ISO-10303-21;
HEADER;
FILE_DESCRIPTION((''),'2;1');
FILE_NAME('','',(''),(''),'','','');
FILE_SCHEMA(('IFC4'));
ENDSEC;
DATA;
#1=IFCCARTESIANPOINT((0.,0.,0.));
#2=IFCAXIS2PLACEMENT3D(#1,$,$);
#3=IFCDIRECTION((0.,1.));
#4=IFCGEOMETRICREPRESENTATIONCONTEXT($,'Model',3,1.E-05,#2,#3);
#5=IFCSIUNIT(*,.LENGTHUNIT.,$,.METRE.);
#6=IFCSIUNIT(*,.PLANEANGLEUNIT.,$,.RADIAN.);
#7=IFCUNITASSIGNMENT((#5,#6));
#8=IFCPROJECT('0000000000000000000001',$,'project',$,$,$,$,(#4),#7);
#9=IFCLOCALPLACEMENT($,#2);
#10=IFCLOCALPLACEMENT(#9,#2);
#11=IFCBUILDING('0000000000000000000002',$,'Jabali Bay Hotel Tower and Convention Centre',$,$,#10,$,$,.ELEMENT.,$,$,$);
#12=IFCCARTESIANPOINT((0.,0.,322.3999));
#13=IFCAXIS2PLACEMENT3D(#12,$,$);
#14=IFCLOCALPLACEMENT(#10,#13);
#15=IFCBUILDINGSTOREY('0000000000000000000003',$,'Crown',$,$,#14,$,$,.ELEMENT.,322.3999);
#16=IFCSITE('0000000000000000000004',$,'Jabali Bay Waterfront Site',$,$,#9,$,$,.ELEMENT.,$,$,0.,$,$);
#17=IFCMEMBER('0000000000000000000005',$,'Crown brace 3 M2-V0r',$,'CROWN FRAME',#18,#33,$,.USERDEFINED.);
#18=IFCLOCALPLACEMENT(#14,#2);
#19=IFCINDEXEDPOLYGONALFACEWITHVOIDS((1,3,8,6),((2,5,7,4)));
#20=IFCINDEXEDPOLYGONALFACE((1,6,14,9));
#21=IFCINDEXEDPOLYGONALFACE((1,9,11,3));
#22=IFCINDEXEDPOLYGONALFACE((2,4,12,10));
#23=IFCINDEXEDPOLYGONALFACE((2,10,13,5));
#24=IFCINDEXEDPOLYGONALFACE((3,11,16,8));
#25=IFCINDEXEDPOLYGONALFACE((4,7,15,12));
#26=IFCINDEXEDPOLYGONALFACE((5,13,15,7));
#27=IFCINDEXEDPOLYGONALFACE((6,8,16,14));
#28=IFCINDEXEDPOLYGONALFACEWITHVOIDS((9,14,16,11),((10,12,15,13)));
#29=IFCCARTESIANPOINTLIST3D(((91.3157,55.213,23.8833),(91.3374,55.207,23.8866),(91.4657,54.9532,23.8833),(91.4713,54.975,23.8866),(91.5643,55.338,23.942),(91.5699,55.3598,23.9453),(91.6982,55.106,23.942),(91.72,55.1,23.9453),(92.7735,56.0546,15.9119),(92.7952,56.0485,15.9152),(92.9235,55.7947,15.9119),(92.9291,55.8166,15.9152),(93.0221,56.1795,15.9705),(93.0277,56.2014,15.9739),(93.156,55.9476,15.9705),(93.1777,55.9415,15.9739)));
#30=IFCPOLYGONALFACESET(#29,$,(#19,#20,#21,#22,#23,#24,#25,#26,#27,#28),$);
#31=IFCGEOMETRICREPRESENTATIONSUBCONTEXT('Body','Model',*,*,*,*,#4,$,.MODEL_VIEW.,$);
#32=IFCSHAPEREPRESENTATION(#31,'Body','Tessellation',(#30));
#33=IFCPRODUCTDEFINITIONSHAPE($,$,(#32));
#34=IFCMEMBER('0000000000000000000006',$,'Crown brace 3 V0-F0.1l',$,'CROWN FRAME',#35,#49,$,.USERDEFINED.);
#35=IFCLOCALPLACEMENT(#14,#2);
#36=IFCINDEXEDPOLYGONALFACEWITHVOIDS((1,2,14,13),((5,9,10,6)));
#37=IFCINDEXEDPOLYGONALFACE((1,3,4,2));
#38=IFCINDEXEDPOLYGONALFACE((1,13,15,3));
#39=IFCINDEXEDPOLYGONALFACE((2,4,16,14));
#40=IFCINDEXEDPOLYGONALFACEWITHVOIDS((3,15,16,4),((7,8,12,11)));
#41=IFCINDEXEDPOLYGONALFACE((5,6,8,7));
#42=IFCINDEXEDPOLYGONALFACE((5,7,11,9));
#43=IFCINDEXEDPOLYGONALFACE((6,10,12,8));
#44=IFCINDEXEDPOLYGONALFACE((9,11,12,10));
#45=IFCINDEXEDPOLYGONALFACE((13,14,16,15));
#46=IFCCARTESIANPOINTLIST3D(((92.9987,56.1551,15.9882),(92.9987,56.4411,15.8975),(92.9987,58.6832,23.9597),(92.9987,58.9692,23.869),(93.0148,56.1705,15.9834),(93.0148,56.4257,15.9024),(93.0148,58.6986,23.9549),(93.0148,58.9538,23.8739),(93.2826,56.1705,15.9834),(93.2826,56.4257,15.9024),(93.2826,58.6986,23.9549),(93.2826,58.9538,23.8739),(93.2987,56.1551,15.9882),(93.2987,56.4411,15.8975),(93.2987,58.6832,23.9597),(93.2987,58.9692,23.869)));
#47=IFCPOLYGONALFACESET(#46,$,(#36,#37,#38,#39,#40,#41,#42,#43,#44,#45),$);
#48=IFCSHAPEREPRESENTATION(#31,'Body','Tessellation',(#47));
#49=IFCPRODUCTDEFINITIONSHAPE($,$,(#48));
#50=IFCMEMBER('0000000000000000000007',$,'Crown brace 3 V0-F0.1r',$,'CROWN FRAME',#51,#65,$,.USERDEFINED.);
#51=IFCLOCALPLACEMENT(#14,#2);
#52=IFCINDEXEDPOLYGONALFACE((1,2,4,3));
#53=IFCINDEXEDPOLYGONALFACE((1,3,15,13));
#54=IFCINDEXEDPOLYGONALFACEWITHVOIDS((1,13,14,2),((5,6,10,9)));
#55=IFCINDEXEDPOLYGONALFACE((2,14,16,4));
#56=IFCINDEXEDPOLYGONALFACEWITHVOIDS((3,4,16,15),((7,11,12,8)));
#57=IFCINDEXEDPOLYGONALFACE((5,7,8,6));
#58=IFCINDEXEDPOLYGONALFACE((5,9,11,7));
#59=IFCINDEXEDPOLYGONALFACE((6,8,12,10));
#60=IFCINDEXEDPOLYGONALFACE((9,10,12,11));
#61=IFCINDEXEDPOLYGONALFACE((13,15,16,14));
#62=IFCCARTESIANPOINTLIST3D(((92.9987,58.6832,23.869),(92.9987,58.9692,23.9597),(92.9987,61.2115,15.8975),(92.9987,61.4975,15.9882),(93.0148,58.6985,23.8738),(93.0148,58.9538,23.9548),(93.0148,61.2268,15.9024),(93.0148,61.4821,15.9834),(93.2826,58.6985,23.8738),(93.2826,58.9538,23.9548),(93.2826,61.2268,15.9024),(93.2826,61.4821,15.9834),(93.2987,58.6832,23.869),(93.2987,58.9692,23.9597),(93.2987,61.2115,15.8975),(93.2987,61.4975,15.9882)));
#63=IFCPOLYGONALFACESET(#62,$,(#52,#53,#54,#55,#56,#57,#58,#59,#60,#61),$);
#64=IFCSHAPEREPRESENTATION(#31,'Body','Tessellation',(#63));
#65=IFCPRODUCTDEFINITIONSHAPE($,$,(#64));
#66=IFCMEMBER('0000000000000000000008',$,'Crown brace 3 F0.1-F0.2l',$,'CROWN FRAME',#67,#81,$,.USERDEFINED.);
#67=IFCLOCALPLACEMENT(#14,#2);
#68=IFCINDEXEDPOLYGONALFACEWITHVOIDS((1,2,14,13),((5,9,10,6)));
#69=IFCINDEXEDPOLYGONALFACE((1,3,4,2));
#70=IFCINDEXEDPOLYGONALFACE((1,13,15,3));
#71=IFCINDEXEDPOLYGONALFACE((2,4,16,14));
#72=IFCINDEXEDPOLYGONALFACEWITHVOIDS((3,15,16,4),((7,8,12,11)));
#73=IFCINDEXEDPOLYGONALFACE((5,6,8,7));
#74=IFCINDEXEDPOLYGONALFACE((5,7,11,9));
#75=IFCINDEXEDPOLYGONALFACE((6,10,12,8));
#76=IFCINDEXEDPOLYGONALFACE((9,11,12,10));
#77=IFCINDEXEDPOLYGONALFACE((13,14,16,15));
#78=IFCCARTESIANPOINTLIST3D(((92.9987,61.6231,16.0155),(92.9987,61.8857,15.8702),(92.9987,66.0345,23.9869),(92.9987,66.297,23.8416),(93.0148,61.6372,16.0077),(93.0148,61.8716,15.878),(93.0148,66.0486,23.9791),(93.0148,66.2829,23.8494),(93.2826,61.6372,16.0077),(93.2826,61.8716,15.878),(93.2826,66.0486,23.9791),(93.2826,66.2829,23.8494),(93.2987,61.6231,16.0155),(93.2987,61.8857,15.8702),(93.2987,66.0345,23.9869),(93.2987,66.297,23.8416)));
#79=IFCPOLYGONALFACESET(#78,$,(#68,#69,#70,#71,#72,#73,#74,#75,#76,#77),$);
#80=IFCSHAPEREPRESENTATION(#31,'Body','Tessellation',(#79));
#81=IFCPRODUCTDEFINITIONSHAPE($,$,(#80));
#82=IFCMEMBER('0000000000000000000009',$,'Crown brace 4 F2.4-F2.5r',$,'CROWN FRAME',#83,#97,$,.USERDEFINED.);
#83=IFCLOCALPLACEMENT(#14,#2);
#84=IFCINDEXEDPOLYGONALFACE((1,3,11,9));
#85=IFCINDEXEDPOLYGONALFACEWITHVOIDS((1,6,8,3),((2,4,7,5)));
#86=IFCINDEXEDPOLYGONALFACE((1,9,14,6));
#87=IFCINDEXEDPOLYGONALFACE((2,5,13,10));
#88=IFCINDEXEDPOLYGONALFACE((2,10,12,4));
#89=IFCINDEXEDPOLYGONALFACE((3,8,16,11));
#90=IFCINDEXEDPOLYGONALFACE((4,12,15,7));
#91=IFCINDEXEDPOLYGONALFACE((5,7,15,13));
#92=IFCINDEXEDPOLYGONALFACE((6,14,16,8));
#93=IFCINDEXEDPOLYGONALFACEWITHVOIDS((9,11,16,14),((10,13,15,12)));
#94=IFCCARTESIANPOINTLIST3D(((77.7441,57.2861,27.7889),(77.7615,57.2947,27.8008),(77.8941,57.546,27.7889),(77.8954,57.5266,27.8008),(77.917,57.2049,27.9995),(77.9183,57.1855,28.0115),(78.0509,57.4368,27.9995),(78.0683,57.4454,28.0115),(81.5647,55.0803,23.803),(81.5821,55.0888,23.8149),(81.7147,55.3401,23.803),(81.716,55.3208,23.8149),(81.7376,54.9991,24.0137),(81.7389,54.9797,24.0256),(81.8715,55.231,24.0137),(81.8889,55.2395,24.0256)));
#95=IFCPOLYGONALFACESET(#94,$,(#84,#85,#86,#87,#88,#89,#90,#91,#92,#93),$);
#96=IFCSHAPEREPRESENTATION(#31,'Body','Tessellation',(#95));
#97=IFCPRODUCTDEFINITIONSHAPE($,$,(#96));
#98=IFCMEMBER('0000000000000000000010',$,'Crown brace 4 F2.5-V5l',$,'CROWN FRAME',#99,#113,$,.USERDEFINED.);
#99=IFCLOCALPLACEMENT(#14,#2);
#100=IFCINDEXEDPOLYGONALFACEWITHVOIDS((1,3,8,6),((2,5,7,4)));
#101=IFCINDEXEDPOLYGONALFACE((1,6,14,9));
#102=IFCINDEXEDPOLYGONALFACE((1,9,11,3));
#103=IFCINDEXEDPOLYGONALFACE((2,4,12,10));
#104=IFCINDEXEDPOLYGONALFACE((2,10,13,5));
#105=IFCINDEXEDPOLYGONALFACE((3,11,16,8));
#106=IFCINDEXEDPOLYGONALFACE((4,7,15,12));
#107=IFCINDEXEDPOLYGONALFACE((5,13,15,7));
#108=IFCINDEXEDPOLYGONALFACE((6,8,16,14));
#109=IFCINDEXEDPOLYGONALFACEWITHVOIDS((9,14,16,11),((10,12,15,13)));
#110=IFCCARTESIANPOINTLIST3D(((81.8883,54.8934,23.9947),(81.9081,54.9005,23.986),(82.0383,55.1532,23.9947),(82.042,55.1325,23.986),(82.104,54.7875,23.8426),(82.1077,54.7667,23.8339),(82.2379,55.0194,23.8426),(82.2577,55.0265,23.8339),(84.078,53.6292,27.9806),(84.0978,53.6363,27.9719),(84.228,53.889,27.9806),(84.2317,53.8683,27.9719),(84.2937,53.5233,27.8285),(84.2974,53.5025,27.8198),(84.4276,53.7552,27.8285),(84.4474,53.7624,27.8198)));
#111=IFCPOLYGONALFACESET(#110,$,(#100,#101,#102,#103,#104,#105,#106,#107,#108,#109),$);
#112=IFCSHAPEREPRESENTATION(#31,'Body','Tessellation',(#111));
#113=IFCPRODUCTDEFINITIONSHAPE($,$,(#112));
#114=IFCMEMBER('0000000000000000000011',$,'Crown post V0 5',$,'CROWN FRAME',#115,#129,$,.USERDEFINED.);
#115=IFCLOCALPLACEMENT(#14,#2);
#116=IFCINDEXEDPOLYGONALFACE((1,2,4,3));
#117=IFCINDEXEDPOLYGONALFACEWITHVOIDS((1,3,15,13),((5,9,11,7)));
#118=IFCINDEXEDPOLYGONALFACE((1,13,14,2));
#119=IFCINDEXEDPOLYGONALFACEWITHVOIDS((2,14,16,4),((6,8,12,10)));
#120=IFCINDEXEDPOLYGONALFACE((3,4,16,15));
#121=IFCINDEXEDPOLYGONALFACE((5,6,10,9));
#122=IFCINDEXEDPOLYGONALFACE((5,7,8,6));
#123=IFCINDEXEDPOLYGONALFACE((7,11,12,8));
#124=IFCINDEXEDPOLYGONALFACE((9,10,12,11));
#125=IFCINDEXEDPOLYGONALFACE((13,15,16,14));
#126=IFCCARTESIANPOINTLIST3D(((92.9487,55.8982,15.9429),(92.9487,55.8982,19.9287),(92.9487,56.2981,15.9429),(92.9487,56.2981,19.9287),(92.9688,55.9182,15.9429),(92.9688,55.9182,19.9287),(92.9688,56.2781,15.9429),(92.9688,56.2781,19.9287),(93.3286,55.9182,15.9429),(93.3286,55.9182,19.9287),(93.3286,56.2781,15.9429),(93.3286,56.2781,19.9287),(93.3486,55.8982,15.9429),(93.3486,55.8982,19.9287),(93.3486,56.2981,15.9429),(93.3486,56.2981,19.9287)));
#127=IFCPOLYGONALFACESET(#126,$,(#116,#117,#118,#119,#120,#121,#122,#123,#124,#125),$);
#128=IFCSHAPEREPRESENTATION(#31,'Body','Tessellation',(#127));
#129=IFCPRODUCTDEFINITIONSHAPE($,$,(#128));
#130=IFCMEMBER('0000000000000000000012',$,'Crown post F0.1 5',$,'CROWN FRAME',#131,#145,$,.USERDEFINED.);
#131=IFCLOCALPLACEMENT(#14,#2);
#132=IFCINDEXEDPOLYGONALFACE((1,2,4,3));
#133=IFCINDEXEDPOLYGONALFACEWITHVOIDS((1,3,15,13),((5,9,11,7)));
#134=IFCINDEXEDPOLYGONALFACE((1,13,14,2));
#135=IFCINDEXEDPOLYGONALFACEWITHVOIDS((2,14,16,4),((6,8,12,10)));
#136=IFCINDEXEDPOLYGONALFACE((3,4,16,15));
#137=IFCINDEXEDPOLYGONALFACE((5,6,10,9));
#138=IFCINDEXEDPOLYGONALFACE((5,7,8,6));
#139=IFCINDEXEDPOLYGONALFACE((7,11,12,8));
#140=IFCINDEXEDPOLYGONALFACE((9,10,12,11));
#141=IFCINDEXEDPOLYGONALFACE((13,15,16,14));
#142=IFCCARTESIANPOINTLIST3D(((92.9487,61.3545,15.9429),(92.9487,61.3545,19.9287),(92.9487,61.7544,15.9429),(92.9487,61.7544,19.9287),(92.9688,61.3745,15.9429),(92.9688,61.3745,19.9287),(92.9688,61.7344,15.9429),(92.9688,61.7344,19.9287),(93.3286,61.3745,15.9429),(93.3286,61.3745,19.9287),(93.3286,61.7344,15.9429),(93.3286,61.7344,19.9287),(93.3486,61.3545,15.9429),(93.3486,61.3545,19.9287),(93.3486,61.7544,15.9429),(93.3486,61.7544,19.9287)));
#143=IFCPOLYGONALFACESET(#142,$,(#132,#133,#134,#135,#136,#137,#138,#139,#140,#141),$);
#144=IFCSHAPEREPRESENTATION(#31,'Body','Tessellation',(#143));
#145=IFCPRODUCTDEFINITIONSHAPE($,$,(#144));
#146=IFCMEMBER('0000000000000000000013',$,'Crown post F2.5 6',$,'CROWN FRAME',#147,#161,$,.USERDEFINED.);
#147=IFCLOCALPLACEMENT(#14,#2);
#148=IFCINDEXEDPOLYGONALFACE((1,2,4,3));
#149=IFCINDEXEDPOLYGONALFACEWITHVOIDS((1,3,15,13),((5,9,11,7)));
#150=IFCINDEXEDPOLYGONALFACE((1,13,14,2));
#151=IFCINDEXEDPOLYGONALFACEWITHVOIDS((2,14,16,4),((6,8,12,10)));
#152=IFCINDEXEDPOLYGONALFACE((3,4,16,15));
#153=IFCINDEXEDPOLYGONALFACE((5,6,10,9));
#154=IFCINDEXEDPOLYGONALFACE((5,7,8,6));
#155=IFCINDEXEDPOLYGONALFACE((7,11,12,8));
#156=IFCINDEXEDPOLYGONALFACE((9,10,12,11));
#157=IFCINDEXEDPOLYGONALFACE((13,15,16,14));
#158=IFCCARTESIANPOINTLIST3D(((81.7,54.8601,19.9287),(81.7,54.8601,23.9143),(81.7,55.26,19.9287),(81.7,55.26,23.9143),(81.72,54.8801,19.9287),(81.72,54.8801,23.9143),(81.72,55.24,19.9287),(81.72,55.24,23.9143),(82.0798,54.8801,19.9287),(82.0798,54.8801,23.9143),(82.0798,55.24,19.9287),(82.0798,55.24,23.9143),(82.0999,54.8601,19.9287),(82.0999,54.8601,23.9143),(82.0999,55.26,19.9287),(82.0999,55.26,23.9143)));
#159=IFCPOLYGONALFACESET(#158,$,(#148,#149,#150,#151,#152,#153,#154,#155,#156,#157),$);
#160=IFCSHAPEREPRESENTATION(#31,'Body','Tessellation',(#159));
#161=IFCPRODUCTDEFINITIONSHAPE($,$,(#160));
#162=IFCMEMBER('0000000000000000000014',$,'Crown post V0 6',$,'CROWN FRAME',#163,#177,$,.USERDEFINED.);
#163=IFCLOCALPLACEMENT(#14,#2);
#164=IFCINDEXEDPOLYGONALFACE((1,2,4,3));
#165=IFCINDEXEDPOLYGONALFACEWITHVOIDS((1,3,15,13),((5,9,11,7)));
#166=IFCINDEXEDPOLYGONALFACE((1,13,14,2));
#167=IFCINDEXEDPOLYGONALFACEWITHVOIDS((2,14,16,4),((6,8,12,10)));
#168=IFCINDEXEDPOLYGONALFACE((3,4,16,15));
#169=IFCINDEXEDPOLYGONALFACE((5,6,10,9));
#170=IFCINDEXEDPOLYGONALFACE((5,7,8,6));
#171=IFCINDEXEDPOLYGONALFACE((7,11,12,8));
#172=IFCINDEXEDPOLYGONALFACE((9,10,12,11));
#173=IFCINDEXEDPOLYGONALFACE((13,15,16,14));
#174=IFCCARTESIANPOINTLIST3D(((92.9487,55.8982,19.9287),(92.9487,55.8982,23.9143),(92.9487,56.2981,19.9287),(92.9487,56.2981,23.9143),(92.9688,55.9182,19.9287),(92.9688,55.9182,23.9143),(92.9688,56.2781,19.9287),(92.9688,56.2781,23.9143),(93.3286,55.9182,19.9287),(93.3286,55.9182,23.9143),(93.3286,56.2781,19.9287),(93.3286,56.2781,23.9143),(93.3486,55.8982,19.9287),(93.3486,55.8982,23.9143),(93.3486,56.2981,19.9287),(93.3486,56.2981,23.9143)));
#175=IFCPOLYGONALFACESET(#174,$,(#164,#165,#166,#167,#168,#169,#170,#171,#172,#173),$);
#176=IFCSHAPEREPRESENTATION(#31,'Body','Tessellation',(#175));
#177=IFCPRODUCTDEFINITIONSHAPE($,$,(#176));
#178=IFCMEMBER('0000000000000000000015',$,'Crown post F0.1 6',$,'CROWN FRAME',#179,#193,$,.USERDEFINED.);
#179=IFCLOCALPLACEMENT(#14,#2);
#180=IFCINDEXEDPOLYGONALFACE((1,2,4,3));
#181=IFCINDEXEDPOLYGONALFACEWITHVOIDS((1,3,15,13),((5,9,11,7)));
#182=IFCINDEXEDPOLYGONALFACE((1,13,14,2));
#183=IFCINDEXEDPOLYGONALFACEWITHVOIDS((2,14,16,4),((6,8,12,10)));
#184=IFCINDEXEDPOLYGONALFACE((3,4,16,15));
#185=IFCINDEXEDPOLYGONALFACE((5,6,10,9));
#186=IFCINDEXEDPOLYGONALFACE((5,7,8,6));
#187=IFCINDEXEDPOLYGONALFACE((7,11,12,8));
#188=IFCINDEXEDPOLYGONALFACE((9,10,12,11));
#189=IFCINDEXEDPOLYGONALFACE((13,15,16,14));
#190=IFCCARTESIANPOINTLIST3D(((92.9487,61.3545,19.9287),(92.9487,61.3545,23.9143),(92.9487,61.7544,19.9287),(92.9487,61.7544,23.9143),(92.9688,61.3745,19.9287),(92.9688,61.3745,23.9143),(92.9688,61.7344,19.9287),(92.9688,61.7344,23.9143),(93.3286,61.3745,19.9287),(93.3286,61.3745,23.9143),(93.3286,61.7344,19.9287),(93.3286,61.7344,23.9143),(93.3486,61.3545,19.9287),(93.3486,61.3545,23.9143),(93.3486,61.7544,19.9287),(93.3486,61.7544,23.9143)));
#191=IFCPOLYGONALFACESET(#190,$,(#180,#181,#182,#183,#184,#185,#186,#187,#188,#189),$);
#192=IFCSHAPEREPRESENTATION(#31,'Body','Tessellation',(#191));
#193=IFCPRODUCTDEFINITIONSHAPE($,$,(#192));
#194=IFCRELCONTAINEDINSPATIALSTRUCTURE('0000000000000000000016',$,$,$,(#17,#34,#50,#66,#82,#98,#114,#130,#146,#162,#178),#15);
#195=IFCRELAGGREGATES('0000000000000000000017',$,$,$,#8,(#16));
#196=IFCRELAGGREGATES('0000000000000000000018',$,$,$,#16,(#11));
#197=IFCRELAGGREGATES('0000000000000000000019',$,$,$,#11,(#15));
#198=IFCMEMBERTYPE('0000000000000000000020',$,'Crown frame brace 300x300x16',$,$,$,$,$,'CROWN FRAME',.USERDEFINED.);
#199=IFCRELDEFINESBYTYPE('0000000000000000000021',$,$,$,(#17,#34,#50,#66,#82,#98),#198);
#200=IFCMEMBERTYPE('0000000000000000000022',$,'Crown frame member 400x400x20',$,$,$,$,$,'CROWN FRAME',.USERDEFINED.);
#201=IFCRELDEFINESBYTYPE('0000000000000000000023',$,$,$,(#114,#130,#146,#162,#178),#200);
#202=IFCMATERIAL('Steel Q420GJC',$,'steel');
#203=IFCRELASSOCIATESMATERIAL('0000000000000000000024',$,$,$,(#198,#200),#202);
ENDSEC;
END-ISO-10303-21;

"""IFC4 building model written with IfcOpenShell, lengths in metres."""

from ifc_helpers import new_model, si_unit, direction, frame, origin, origin_2d, place, context, subcontext, project, spatial, hollow_rectangle, extrude, material, material_profile, profile_set, type_object, element, save


model = new_model("IFC4")

# Units and contexts
model_context = context("Model", 3, precision=1e-05, world=origin(), true_north=direction((0.0, 1.0)))
body_context = subcontext(model_context, "Body", "Model", "MODEL_VIEW")
ifc_project = project(units=[si_unit("LENGTHUNIT", "METRE"), si_unit("PLANEANGLEUNIT", "RADIAN")], contexts=[model_context])

# Site, building, storey
site_placement = place(None, origin())
site = spatial("IfcSite", under=ifc_project, at=site_placement, Name="Jabali Bay Waterfront Site", CompositionType="ELEMENT", RefElevation=0.0)
building_placement = place(site_placement, origin())
building = spatial("IfcBuilding", under=site, at=building_placement, Name="Jabali Bay Hotel Tower and Convention Centre", CompositionType="ELEMENT")
storey_placement = place(building_placement, frame((0.0, 0.0, 322.3999)))
storey = spatial("IfcBuildingStorey", under=building, at=storey_placement, Name="Crown", CompositionType="ELEMENT", Elevation=322.3999)

# Members
ifc_material_1 = material(Name="Steel Q420GJC", Category="steel")
ifc_material_profile_1 = material_profile(ifc_material_1, hollow_rectangle(XDim=0.3, YDim=0.3, WallThickness=0.0161, at=origin_2d()), Name="Crown frame brace 300x300x16")
ifc_profile_set_1 = profile_set([ifc_material_profile_1], Name="Steel Q420GJC")
member_type_1 = type_object("IfcMemberType", Name="Crown frame brace 300x300x16", ElementType="CROWN FRAME", PredefinedType="USERDEFINED", material=ifc_profile_set_1)
member_1_placement = place(storey_placement, frame((92.9756, 55.998, 15.9429), z_axis=(-0.178928, -0.103293, 0.978425), x_axis=(0.499961, -0.866048, 0.0)))
element("IfcMember", 1, at=member_1_placement, inside=storey, type_object=member_type_1, Name="Crown brace 3 M2-V0r", ObjectType="CROWN FRAME", PredefinedType="USERDEFINED", context=body_context, shape_type="SweptSolid", body=[
    extrude(hollow_rectangle(XDim=0.3, YDim=0.3, WallThickness=0.0161, at=origin_2d()), origin(), (0.0, 0.0, 1.0), 8.1472),
])
for number, where, z_axis, x_axis, name in (
    (2, (93.1487, 56.2981, 15.9429), (0.0, 0.302303, 0.953212), (-1.0, 0.0, 0.0), "Crown brace 3 V0-F0.1l"),
    (3, (93.1487, 61.3545, 15.9429), (0.0, -0.30233, 0.953203), (1.0, 0.0, 0.0), "Crown brace 3 V0-F0.1r"),
):
    element("IfcMember", number, at=place(storey_placement, frame(where, z_axis=z_axis, x_axis=x_axis)), inside=storey, type_object=member_type_1, Name=name, ObjectType="CROWN FRAME", PredefinedType="USERDEFINED", context=body_context, shape_type="SweptSolid", body=[
        extrude(hollow_rectangle(XDim=0.3, YDim=0.3, WallThickness=0.0161, at=origin_2d()), origin(), (0.0, 0.0, 1.0), 8.3628),
    ])
member_2_placement = place(storey_placement, frame((93.1487, 61.7544, 15.9429), z_axis=(0.0, 0.4842, 0.874957), x_axis=(-1.0, 0.0, 0.0)))
element("IfcMember", 4, at=member_2_placement, inside=storey, type_object=member_type_1, Name="Crown brace 3 F0.1-F0.2l", ObjectType="CROWN FRAME", PredefinedType="USERDEFINED", context=body_context, shape_type="SweptSolid", body=[
    extrude(hollow_rectangle(XDim=0.3, YDim=0.3, WallThickness=0.0161, at=origin_2d()), origin(), (0.0, 0.0, 1.0), 9.1106),
])
member_3_placement = place(storey_placement, frame((81.7268, 55.1599, 23.9143), z_axis=(-0.642595, 0.371004, 0.670394), x_axis=(-0.500002, -0.866024, 0.0)))
element("IfcMember", 5, at=member_3_placement, inside=storey, type_object=member_type_1, Name="Crown brace 4 F2.4-F2.5r", ObjectType="CROWN FRAME", PredefinedType="USERDEFINED", context=body_context, shape_type="SweptSolid", body=[
    extrude(hollow_rectangle(XDim=0.3, YDim=0.3, WallThickness=0.0161, at=origin_2d()), origin(), (0.0, 0.0, 1.0), 5.9456),
])
member_4_placement = place(storey_placement, frame((82.073, 54.96, 23.9143), z_axis=(0.463904, -0.267822, 0.844431), x_axis=(0.499982, 0.866036, 0.0)))
element("IfcMember", 6, at=member_4_placement, inside=storey, type_object=member_type_1, Name="Crown brace 4 F2.5-V5l", ObjectType="CROWN FRAME", PredefinedType="USERDEFINED", context=body_context, shape_type="SweptSolid", body=[
    extrude(hollow_rectangle(XDim=0.3, YDim=0.3, WallThickness=0.0161, at=origin_2d()), origin(), (0.0, 0.0, 1.0), 4.7202),
])
ifc_material_profile_2 = material_profile(ifc_material_1, hollow_rectangle(XDim=0.3999, YDim=0.3999, WallThickness=0.02, at=origin_2d()), Name="Crown frame member 400x400x20")
ifc_profile_set_2 = profile_set([ifc_material_profile_2], Name="Steel Q420GJC")
member_type_2 = type_object("IfcMemberType", Name="Crown frame member 400x400x20", ElementType="CROWN FRAME", PredefinedType="USERDEFINED", material=ifc_profile_set_2)
for number, where, z_axis, x_axis, name in (
    (7, (93.1487, 56.0981, 15.9429), (0.0, 0.0, 1.0), (1.0, 0.0, 0.0), "Crown post V0 5"),
    (8, (93.1487, 61.5544, 15.9429), (0.0, 0.0, 1.0), (1.0, 0.0, 0.0), "Crown post F0.1 5"),
):
    element("IfcMember", number, at=place(storey_placement, frame(where, z_axis=z_axis, x_axis=x_axis)), inside=storey, type_object=member_type_2, Name=name, ObjectType="CROWN FRAME", PredefinedType="USERDEFINED", context=body_context, shape_type="SweptSolid", body=[
        extrude(hollow_rectangle(XDim=0.3999, YDim=0.3999, WallThickness=0.02, at=origin_2d()), origin(), (0.0, 0.0, 1.0), 3.9858),
    ])
for number, where, z_axis, x_axis, name in (
    (9, (81.8999, 55.0601, 19.9287), (0.0, 0.0, 1.0), (1.0, 0.0, 0.0), "Crown post F2.5 6"),
    (10, (93.1487, 56.0981, 19.9287), (0.0, 0.0, 1.0), (1.0, 0.0, 0.0), "Crown post V0 6"),
    (11, (93.1487, 61.5544, 19.9287), (0.0, 0.0, 1.0), (1.0, 0.0, 0.0), "Crown post F0.1 6"),
):
    element("IfcMember", number, at=place(storey_placement, frame(where, z_axis=z_axis, x_axis=x_axis)), inside=storey, type_object=member_type_2, Name=name, ObjectType="CROWN FRAME", PredefinedType="USERDEFINED", context=body_context, shape_type="SweptSolid", body=[
        extrude(hollow_rectangle(XDim=0.3999, YDim=0.3999, WallThickness=0.02, at=origin_2d()), origin(), (0.0, 0.0, 1.0), 3.9856),
    ])

save(model, "model.ifc")
